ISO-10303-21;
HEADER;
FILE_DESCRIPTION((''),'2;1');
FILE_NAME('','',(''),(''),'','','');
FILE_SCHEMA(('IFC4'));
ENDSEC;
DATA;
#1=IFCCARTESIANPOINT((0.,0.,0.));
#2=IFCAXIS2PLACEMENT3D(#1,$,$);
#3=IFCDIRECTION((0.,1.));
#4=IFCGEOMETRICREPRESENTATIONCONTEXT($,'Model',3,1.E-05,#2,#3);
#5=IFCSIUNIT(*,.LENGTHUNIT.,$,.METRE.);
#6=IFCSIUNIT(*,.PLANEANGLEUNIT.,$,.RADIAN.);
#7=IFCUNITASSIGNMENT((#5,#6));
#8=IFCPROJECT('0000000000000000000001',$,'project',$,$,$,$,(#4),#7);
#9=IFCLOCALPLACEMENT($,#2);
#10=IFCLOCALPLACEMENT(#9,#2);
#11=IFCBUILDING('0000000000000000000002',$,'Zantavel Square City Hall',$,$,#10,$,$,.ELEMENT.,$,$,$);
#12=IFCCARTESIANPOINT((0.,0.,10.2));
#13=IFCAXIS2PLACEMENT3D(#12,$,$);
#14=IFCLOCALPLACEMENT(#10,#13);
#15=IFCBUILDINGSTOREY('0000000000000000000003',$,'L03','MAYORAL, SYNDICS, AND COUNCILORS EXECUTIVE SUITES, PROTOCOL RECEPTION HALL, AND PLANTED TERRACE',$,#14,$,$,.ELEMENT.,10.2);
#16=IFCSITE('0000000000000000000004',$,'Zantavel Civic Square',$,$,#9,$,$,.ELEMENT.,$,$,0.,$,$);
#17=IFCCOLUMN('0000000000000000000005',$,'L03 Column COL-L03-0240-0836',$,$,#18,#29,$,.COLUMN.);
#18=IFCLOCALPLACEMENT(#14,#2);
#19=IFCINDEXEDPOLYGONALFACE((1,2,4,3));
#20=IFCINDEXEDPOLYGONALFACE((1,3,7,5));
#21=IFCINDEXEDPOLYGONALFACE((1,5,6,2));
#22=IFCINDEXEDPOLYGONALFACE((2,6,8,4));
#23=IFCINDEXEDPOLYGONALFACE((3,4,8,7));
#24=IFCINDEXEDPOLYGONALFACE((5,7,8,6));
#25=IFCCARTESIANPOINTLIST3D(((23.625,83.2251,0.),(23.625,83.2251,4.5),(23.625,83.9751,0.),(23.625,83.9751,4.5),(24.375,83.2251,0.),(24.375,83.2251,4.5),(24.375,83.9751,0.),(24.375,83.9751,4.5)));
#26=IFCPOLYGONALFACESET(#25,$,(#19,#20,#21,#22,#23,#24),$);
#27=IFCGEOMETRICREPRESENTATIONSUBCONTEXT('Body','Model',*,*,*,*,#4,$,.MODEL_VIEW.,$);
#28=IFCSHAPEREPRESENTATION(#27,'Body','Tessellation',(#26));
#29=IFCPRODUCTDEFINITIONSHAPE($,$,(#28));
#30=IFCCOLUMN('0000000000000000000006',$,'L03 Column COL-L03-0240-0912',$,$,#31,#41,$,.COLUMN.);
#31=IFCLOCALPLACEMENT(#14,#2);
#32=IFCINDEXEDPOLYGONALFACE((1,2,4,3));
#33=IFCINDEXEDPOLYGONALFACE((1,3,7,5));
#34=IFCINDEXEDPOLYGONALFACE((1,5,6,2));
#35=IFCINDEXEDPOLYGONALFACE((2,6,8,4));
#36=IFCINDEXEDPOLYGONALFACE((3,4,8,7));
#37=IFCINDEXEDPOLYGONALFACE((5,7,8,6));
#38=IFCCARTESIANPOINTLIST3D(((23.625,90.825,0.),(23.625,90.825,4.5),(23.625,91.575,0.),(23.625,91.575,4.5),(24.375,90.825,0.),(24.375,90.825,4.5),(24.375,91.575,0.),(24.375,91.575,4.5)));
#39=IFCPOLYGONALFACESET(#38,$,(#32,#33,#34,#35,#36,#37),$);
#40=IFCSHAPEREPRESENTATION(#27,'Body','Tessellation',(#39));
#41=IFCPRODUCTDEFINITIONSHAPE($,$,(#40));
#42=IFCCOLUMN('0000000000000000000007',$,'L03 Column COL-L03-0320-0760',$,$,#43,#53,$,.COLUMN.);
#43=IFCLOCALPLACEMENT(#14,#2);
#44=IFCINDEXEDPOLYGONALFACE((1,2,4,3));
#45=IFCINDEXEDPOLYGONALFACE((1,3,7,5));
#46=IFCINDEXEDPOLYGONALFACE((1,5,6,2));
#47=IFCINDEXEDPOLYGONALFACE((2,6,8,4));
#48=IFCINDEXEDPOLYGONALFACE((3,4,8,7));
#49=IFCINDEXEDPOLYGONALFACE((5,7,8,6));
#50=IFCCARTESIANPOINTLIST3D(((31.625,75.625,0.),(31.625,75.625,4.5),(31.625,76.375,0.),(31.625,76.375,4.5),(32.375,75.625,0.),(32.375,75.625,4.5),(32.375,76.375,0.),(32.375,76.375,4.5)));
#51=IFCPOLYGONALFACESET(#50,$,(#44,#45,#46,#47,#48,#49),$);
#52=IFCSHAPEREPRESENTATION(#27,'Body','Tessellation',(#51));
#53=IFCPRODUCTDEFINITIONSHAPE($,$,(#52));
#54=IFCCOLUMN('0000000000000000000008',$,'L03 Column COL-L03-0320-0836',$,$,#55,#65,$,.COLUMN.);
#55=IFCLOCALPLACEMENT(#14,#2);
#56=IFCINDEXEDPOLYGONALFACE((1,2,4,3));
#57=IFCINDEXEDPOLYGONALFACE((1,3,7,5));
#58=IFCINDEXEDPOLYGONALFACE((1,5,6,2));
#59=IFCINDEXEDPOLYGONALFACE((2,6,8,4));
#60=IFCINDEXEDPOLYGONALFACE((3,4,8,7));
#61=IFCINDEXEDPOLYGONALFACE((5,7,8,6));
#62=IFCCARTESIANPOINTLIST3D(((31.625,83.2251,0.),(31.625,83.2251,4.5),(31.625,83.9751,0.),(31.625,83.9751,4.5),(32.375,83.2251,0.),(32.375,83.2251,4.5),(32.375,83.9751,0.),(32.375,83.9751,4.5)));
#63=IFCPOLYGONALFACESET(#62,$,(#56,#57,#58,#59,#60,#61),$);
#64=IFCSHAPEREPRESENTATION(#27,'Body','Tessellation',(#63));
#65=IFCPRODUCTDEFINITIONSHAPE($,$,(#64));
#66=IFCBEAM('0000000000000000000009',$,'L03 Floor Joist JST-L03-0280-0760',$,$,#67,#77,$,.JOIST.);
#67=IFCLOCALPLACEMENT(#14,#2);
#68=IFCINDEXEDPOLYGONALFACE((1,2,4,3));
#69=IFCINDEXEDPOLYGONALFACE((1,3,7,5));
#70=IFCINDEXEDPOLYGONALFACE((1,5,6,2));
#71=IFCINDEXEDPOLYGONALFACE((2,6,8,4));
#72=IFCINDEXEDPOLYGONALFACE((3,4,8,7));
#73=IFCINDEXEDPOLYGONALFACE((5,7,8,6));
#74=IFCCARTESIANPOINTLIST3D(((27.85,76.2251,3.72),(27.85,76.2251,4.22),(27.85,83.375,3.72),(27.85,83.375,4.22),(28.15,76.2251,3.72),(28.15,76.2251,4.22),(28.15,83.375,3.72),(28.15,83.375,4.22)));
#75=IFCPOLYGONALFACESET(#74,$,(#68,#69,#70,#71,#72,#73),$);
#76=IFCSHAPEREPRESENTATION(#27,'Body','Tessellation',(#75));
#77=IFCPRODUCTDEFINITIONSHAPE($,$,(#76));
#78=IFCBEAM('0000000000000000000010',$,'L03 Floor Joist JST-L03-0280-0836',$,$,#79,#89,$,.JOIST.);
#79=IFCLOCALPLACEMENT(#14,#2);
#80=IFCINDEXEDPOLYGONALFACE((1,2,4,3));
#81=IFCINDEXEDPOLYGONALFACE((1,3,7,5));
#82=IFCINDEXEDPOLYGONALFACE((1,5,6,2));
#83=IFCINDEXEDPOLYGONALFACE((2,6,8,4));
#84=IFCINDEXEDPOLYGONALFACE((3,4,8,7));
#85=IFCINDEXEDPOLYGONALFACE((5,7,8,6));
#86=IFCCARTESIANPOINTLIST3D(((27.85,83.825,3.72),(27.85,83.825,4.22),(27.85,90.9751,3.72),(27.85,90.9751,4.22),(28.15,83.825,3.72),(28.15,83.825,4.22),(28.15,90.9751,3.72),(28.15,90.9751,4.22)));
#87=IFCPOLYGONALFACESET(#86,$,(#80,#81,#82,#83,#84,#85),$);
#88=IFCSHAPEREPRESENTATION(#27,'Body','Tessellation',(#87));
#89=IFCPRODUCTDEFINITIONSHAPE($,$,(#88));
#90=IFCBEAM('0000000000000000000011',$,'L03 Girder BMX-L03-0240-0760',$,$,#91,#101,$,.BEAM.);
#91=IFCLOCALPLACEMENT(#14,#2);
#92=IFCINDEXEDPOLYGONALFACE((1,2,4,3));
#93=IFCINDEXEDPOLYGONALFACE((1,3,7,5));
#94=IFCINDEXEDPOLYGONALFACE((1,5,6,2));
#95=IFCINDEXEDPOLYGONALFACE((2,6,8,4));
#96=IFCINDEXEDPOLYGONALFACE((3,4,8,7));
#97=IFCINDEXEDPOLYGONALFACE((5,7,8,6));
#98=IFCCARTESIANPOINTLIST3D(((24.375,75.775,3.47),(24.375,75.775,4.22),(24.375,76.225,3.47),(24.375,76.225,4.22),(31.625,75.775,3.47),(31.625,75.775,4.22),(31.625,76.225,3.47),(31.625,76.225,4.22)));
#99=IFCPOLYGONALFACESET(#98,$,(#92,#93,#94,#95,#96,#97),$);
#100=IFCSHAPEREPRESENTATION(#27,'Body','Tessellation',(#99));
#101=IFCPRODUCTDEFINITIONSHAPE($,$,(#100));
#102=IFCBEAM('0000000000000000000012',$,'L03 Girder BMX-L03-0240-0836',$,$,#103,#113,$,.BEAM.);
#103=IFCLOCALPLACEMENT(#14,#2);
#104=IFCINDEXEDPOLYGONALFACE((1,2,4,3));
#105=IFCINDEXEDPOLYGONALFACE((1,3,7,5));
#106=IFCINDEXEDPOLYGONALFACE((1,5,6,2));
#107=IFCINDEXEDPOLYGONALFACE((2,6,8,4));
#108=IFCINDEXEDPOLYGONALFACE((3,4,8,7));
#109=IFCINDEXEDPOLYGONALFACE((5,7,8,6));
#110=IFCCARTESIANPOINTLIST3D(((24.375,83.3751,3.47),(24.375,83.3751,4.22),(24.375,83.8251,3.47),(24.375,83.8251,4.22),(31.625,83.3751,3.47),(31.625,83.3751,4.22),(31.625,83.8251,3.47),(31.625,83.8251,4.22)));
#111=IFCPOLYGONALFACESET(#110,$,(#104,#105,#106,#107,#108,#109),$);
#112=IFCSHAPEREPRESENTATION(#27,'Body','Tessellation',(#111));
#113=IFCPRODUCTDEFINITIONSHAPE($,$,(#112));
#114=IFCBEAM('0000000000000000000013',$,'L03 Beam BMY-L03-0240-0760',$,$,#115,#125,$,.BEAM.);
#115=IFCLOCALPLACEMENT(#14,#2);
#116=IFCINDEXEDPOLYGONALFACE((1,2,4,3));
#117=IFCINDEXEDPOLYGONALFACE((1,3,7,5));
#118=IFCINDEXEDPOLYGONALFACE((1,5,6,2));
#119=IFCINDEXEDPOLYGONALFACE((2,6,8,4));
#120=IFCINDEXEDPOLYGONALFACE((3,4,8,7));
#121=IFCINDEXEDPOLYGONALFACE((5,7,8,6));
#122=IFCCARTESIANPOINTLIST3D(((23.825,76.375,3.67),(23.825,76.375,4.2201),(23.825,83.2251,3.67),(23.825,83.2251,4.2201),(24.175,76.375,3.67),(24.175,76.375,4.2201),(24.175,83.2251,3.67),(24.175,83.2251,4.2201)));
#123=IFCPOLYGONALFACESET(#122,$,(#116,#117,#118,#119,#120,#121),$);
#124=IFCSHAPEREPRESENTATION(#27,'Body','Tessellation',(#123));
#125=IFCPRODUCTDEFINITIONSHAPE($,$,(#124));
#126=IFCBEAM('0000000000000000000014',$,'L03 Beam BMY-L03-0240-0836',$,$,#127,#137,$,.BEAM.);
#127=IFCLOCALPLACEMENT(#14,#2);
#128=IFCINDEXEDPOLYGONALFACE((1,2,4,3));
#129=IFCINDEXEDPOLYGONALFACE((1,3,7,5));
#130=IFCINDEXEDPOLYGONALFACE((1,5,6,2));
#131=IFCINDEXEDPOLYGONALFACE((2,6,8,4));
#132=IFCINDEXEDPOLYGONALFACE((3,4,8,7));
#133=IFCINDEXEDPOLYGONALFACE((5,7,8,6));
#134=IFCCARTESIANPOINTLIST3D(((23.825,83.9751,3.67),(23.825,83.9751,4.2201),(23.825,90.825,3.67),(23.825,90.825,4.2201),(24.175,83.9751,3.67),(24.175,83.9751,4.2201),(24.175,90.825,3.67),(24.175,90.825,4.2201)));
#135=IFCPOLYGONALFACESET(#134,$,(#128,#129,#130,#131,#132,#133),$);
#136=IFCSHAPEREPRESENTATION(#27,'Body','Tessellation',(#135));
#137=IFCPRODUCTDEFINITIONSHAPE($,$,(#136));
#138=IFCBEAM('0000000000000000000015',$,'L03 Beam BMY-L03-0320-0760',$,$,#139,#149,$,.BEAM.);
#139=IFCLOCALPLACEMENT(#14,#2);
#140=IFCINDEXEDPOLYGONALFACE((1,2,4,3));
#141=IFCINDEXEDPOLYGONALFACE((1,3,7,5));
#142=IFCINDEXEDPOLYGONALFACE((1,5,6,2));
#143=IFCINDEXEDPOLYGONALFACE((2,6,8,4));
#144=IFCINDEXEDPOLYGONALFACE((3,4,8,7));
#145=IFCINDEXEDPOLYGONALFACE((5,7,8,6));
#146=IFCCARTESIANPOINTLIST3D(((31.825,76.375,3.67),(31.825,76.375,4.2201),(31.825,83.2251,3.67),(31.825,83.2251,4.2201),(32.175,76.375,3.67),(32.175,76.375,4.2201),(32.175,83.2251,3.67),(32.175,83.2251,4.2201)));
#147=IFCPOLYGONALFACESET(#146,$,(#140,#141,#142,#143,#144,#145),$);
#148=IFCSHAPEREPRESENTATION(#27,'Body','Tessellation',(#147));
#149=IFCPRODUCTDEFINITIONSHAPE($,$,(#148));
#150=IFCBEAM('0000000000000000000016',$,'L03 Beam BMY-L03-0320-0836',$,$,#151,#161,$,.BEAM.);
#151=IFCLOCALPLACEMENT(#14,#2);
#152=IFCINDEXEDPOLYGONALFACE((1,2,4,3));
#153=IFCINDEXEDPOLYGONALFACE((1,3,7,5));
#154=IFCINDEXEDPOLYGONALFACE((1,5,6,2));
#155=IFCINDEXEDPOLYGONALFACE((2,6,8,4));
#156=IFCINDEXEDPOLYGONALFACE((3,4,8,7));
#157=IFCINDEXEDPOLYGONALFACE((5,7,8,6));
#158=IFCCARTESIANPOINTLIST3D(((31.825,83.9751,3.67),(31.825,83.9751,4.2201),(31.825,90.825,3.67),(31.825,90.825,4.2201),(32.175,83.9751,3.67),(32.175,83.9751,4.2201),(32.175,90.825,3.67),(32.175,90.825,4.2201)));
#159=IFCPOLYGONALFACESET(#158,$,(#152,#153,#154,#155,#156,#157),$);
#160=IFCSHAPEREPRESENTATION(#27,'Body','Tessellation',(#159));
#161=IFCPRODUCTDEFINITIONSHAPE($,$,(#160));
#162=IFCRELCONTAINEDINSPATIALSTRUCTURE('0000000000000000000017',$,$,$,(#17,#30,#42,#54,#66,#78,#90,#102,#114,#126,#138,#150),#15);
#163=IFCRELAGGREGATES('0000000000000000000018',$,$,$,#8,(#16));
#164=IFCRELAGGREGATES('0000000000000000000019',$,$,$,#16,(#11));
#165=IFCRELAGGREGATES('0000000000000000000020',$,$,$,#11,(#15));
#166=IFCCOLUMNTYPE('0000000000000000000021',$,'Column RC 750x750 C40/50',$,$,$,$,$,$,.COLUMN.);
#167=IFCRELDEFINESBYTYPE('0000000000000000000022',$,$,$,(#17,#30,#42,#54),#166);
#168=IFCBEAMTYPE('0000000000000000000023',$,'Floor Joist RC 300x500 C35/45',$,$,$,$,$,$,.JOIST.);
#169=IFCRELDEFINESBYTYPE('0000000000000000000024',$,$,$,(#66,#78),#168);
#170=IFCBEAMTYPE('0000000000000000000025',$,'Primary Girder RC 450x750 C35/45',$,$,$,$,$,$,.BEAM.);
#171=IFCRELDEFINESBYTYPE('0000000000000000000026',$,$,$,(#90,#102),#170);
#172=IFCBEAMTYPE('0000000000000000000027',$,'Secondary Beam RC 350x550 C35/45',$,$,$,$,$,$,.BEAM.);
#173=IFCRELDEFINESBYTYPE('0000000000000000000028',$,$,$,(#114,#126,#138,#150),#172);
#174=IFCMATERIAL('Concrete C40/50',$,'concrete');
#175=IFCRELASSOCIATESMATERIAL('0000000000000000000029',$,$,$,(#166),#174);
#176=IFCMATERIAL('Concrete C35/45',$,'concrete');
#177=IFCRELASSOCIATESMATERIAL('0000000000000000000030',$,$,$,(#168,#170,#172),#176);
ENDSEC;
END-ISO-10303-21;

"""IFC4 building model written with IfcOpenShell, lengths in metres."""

from ifc_helpers import new_model, si_unit, direction, frame, origin, origin_2d, place, context, subcontext, project, spatial, rectangle, extrude, material, material_profile, profile_set, type_object, element, save


model = new_model("IFC4")

# Units and contexts
model_context = context("Model", 3, precision=1e-05, world=origin(), true_north=direction((0.0, 1.0)))
body_context = subcontext(model_context, "Body", "Model", "MODEL_VIEW")
ifc_project = project(units=[si_unit("LENGTHUNIT", "METRE"), si_unit("PLANEANGLEUNIT", "RADIAN")], contexts=[model_context])

# Site, building, storey
site_placement = place(None, origin())
site = spatial("IfcSite", under=ifc_project, at=site_placement, Name="Zantavel Civic Square", CompositionType="ELEMENT", RefElevation=0.0)
building_placement = place(site_placement, origin())
building = spatial("IfcBuilding", under=site, at=building_placement, Name="Zantavel Square City Hall", CompositionType="ELEMENT")
storey_placement = place(building_placement, frame((0.0, 0.0, 10.2)))
storey = spatial("IfcBuildingStorey", under=building, at=storey_placement, Name="L03", Description="MAYORAL, SYNDICS, AND COUNCILORS EXECUTIVE SUITES, PROTOCOL RECEPTION HALL, AND PLANTED TERRACE", CompositionType="ELEMENT", Elevation=10.2)

# Columns
ifc_material_1 = material(Name="Concrete C40/50", Category="concrete")
ifc_material_profile_1 = material_profile(ifc_material_1, rectangle(XDim=0.75, YDim=0.75, at=origin_2d()), Name="RC 750x750")
ifc_profile_set_1 = profile_set([ifc_material_profile_1], Name="Concrete C40/50")
column_type = type_object("IfcColumnType", Name="Column RC 750x750 C40/50", PredefinedType="COLUMN", material=ifc_profile_set_1)
for number, where, z_axis, x_axis, name in (
    (1, (24.0, 83.6001, 0.0), (0.0, 0.0, 1.0), (1.0, 0.0, 0.0), "L03 Column COL-L03-0240-0836"),
    (2, (24.0, 91.2, 0.0), (0.0, 0.0, 1.0), (1.0, 0.0, 0.0), "L03 Column COL-L03-0240-0912"),
    (3, (32.0, 76.0, 0.0), (0.0, 0.0, 1.0), (1.0, 0.0, 0.0), "L03 Column COL-L03-0320-0760"),
    (4, (32.0, 83.6001, 0.0), (0.0, 0.0, 1.0), (1.0, 0.0, 0.0), "L03 Column COL-L03-0320-0836"),
):
    element("IfcColumn", number, at=place(storey_placement, frame(where, z_axis=z_axis, x_axis=x_axis)), inside=storey, type_object=column_type, Name=name, PredefinedType="COLUMN", context=body_context, shape_type="SweptSolid", body=[
        extrude(rectangle(XDim=0.75, YDim=0.75, at=origin_2d()), origin(), (0.0, 0.0, 1.0), 4.5),
    ])

# Beams
ifc_material_2 = material(Name="Concrete C35/45", Category="concrete")
ifc_material_profile_2 = material_profile(ifc_material_2, rectangle(XDim=0.3, YDim=0.5, at=origin_2d()), Name="RC 300x500")
ifc_profile_set_2 = profile_set([ifc_material_profile_2], Name="Concrete C35/45")
beam_type_1 = type_object("IfcBeamType", Name="Floor Joist RC 300x500 C35/45", PredefinedType="JOIST", material=ifc_profile_set_2)
beam_1_placement = place(storey_placement, frame((28.0, 76.2251, 3.97), z_axis=(0.0, 1.0, 0.0), x_axis=(-1.0, 0.0, 0.0)))
element("IfcBeam", 5, at=beam_1_placement, inside=storey, type_object=beam_type_1, Name="L03 Floor Joist JST-L03-0280-0760", PredefinedType="JOIST", context=body_context, shape_type="SweptSolid", body=[
    extrude(rectangle(XDim=0.3, YDim=0.5, at=origin_2d()), origin(), (0.0, 0.0, 1.0), 7.1499),
])
beam_2_placement = place(storey_placement, frame((28.0, 83.825, 3.97), z_axis=(0.0, 1.0, 0.0), x_axis=(-1.0, 0.0, 0.0)))
element("IfcBeam", 6, at=beam_2_placement, inside=storey, type_object=beam_type_1, Name="L03 Floor Joist JST-L03-0280-0836", PredefinedType="JOIST", context=body_context, shape_type="SweptSolid", body=[
    extrude(rectangle(XDim=0.3, YDim=0.5, at=origin_2d()), origin(), (0.0, 0.0, 1.0), 7.1501),
])
ifc_material_profile_3 = material_profile(ifc_material_2, rectangle(XDim=0.45, YDim=0.75, at=origin_2d()), Name="RC 450x750")
ifc_profile_set_3 = profile_set([ifc_material_profile_3], Name="Concrete C35/45")
beam_type_2 = type_object("IfcBeamType", Name="Primary Girder RC 450x750 C35/45", PredefinedType="BEAM", material=ifc_profile_set_3)
for number, where, z_axis, x_axis, name in (
    (7, (24.375, 76.0, 3.845), (1.0, 0.0, 0.0), (0.0, 1.0, 0.0), "L03 Girder BMX-L03-0240-0760"),
    (8, (24.375, 83.6001, 3.845), (1.0, 0.0, 0.0), (0.0, 1.0, 0.0), "L03 Girder BMX-L03-0240-0836"),
):
    element("IfcBeam", number, at=place(storey_placement, frame(where, z_axis=z_axis, x_axis=x_axis)), inside=storey, type_object=beam_type_2, Name=name, PredefinedType="BEAM", context=body_context, shape_type="SweptSolid", body=[
        extrude(rectangle(XDim=0.45, YDim=0.75, at=origin_2d()), origin(), (0.0, 0.0, 1.0), 7.25),
    ])
ifc_material_profile_4 = material_profile(ifc_material_2, rectangle(XDim=0.3501, YDim=0.55, at=origin_2d()), Name="RC 350x550")
ifc_profile_set_4 = profile_set([ifc_material_profile_4], Name="Concrete C35/45")
beam_type_3 = type_object("IfcBeamType", Name="Secondary Beam RC 350x550 C35/45", PredefinedType="BEAM", material=ifc_profile_set_4)
beam_3_placement = place(storey_placement, frame((24.0, 76.375, 3.9451), z_axis=(0.0, 1.0, 0.0), x_axis=(-1.0, 0.0, 0.0)))
element("IfcBeam", 9, at=beam_3_placement, inside=storey, type_object=beam_type_3, Name="L03 Beam BMY-L03-0240-0760", PredefinedType="BEAM", context=body_context, shape_type="SweptSolid", body=[
    extrude(rectangle(XDim=0.3501, YDim=0.55, at=origin_2d()), origin(), (0.0, 0.0, 1.0), 6.8501),
])
beam_4_placement = place(storey_placement, frame((24.0, 83.9751, 3.9451), z_axis=(0.0, 1.0, 0.0), x_axis=(-1.0, 0.0, 0.0)))
element("IfcBeam", 10, at=beam_4_placement, inside=storey, type_object=beam_type_3, Name="L03 Beam BMY-L03-0240-0836", PredefinedType="BEAM", context=body_context, shape_type="SweptSolid", body=[
    extrude(rectangle(XDim=0.3501, YDim=0.55, at=origin_2d()), origin(), (0.0, 0.0, 1.0), 6.8499),
])
beam_5_placement = place(storey_placement, frame((32.0, 76.375, 3.9451), z_axis=(0.0, 1.0, 0.0), x_axis=(-1.0, 0.0, 0.0)))
element("IfcBeam", 11, at=beam_5_placement, inside=storey, type_object=beam_type_3, Name="L03 Beam BMY-L03-0320-0760", PredefinedType="BEAM", context=body_context, shape_type="SweptSolid", body=[
    extrude(rectangle(XDim=0.3501, YDim=0.55, at=origin_2d()), origin(), (0.0, 0.0, 1.0), 6.8501),
])
beam_6_placement = place(storey_placement, frame((32.0, 83.9751, 3.9451), z_axis=(0.0, 1.0, 0.0), x_axis=(-1.0, 0.0, 0.0)))
element("IfcBeam", 12, at=beam_6_placement, inside=storey, type_object=beam_type_3, Name="L03 Beam BMY-L03-0320-0836", PredefinedType="BEAM", context=body_context, shape_type="SweptSolid", body=[
    extrude(rectangle(XDim=0.3501, YDim=0.55, at=origin_2d()), origin(), (0.0, 0.0, 1.0), 6.8499),
])

save(model, "model.ifc")
